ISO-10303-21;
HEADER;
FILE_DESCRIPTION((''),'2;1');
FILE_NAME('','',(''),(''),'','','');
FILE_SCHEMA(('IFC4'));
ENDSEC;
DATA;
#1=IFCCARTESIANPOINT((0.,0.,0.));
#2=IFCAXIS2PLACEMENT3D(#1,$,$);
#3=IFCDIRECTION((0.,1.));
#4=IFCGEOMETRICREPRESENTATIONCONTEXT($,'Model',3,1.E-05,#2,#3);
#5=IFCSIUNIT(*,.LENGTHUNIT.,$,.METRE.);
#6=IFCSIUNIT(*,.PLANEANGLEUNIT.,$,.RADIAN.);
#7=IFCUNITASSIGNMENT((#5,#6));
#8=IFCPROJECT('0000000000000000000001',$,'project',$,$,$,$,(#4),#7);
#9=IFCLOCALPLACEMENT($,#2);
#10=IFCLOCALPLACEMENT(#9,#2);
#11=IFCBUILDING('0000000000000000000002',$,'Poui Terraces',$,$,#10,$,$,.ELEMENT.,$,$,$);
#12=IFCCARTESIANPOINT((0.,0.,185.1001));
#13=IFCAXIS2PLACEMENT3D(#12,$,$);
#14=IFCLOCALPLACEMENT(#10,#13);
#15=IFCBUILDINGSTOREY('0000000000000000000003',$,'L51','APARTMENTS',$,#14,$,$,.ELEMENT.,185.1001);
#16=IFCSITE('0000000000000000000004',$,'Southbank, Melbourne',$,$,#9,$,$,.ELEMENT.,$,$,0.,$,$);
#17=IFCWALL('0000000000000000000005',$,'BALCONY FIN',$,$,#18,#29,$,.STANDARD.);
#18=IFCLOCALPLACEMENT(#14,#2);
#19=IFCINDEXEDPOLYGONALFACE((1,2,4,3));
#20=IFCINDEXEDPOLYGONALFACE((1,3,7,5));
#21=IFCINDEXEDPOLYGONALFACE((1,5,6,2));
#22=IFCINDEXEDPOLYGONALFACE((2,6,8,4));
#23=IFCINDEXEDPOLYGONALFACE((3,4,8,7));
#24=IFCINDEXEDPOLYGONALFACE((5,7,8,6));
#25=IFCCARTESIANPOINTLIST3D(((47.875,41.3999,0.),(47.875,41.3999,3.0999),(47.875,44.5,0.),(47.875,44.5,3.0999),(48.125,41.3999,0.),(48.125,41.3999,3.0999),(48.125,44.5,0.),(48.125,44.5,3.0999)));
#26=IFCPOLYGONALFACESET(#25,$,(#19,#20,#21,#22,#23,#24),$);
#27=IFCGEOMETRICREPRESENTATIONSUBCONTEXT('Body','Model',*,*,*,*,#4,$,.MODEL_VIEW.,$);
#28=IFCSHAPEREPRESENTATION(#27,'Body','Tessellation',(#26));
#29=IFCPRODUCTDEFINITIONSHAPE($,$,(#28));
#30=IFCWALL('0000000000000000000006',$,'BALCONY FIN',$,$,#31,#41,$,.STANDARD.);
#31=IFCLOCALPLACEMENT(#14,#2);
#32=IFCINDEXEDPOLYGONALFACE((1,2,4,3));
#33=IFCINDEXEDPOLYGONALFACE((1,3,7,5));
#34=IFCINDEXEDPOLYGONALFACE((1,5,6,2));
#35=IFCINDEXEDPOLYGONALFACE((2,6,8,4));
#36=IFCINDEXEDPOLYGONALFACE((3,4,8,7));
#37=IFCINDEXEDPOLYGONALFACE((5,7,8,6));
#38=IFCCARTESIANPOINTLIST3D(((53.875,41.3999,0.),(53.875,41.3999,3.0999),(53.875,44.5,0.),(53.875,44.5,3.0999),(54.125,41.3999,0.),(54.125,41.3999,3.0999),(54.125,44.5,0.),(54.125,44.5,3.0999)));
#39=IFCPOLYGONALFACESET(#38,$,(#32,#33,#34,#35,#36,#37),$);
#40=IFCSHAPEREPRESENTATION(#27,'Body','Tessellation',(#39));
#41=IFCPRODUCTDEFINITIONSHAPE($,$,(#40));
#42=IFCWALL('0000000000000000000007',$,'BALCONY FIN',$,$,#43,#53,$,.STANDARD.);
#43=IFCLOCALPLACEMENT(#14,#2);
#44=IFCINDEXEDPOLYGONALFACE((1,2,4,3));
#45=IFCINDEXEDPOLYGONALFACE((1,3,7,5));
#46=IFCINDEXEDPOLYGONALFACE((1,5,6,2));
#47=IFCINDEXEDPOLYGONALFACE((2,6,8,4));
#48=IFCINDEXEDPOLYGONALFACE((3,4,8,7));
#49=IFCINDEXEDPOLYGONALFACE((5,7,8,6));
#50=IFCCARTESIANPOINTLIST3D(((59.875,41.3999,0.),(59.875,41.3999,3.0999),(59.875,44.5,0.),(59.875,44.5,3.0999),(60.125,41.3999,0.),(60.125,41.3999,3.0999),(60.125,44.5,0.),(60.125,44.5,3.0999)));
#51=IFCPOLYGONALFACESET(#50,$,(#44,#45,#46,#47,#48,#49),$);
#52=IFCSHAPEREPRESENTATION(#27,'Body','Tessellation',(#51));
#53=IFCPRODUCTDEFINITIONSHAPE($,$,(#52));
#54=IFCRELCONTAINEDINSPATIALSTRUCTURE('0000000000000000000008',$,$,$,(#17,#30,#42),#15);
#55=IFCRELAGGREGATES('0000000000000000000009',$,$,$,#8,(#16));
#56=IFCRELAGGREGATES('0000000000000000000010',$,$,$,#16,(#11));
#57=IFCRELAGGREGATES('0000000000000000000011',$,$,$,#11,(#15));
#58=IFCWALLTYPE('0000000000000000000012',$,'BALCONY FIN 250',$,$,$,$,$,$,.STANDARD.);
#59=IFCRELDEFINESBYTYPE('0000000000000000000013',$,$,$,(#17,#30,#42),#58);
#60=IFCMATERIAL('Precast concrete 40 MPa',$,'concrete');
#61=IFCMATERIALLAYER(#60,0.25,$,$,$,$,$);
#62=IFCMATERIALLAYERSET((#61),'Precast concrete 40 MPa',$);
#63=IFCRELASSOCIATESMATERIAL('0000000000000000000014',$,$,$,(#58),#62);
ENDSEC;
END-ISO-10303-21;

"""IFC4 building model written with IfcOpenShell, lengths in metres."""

from ifc_helpers import new_model, si_unit, direction, frame, origin, place, context, subcontext, project, spatial, polyline, outline, extrude, source, transform, mapped, material, layer, layer_set, type_object, element, save


model = new_model("IFC4")

# Units and contexts
model_context = context("Model", 3, precision=1e-05, world=origin(), true_north=direction((0.0, 1.0)))
body_context = subcontext(model_context, "Body", "Model", "MODEL_VIEW")
ifc_project = project(units=[si_unit("LENGTHUNIT", "METRE"), si_unit("PLANEANGLEUNIT", "RADIAN")], contexts=[model_context])

# Site, building, storey
site_placement = place(None, origin())
site = spatial("IfcSite", under=ifc_project, at=site_placement, Name="Southbank, Melbourne", CompositionType="ELEMENT", RefElevation=0.0)
building_placement = place(site_placement, origin())
building = spatial("IfcBuilding", under=site, at=building_placement, Name="Poui Terraces", CompositionType="ELEMENT")
storey_placement = place(building_placement, frame((0.0, 0.0, 185.1001)))
storey = spatial("IfcBuildingStorey", under=building, at=storey_placement, Name="L51", Description="APARTMENTS", CompositionType="ELEMENT", Elevation=185.1001)

# Walls
ifc_material_1 = material(Name="Precast concrete 40 MPa", Category="concrete")
ifc_layer_1 = layer(ifc_material_1, 0.25)
ifc_layer_set_1 = layer_set([ifc_layer_1], Name="Precast concrete 40 MPa")
wall_type_1 = type_object("IfcWallType", Name="BALCONY FIN 250", PredefinedType="STANDARD", material=ifc_layer_set_1)
shared_shape_1 = source(origin(), body_context, "Body", "SweptSolid", [
    extrude(outline(polyline([(0.0, 0.0), (0.25, 0.0), (0.25, 3.1001), (0.0, 3.1001), (0.0, 0.0)])), origin(), (0.0, 0.0, 1.0), 3.0999),
])
for number, where, name in (
    (1, (47.875, 41.3999, 0.0), "BALCONY FIN"),
    (2, (53.875, 41.3999, 0.0), "BALCONY FIN"),
    (3, (59.875, 41.3999, 0.0), "BALCONY FIN"),
):
    element("IfcWall", number, at=place(storey_placement, frame(where)), inside=storey, type_object=wall_type_1, Name=name, PredefinedType="STANDARD", context=body_context, shape_type="MappedRepresentation", body=[
        mapped(shared_shape_1, transform((0.0, 0.0, 0.0))),
    ])

save(model, "model.ifc")
